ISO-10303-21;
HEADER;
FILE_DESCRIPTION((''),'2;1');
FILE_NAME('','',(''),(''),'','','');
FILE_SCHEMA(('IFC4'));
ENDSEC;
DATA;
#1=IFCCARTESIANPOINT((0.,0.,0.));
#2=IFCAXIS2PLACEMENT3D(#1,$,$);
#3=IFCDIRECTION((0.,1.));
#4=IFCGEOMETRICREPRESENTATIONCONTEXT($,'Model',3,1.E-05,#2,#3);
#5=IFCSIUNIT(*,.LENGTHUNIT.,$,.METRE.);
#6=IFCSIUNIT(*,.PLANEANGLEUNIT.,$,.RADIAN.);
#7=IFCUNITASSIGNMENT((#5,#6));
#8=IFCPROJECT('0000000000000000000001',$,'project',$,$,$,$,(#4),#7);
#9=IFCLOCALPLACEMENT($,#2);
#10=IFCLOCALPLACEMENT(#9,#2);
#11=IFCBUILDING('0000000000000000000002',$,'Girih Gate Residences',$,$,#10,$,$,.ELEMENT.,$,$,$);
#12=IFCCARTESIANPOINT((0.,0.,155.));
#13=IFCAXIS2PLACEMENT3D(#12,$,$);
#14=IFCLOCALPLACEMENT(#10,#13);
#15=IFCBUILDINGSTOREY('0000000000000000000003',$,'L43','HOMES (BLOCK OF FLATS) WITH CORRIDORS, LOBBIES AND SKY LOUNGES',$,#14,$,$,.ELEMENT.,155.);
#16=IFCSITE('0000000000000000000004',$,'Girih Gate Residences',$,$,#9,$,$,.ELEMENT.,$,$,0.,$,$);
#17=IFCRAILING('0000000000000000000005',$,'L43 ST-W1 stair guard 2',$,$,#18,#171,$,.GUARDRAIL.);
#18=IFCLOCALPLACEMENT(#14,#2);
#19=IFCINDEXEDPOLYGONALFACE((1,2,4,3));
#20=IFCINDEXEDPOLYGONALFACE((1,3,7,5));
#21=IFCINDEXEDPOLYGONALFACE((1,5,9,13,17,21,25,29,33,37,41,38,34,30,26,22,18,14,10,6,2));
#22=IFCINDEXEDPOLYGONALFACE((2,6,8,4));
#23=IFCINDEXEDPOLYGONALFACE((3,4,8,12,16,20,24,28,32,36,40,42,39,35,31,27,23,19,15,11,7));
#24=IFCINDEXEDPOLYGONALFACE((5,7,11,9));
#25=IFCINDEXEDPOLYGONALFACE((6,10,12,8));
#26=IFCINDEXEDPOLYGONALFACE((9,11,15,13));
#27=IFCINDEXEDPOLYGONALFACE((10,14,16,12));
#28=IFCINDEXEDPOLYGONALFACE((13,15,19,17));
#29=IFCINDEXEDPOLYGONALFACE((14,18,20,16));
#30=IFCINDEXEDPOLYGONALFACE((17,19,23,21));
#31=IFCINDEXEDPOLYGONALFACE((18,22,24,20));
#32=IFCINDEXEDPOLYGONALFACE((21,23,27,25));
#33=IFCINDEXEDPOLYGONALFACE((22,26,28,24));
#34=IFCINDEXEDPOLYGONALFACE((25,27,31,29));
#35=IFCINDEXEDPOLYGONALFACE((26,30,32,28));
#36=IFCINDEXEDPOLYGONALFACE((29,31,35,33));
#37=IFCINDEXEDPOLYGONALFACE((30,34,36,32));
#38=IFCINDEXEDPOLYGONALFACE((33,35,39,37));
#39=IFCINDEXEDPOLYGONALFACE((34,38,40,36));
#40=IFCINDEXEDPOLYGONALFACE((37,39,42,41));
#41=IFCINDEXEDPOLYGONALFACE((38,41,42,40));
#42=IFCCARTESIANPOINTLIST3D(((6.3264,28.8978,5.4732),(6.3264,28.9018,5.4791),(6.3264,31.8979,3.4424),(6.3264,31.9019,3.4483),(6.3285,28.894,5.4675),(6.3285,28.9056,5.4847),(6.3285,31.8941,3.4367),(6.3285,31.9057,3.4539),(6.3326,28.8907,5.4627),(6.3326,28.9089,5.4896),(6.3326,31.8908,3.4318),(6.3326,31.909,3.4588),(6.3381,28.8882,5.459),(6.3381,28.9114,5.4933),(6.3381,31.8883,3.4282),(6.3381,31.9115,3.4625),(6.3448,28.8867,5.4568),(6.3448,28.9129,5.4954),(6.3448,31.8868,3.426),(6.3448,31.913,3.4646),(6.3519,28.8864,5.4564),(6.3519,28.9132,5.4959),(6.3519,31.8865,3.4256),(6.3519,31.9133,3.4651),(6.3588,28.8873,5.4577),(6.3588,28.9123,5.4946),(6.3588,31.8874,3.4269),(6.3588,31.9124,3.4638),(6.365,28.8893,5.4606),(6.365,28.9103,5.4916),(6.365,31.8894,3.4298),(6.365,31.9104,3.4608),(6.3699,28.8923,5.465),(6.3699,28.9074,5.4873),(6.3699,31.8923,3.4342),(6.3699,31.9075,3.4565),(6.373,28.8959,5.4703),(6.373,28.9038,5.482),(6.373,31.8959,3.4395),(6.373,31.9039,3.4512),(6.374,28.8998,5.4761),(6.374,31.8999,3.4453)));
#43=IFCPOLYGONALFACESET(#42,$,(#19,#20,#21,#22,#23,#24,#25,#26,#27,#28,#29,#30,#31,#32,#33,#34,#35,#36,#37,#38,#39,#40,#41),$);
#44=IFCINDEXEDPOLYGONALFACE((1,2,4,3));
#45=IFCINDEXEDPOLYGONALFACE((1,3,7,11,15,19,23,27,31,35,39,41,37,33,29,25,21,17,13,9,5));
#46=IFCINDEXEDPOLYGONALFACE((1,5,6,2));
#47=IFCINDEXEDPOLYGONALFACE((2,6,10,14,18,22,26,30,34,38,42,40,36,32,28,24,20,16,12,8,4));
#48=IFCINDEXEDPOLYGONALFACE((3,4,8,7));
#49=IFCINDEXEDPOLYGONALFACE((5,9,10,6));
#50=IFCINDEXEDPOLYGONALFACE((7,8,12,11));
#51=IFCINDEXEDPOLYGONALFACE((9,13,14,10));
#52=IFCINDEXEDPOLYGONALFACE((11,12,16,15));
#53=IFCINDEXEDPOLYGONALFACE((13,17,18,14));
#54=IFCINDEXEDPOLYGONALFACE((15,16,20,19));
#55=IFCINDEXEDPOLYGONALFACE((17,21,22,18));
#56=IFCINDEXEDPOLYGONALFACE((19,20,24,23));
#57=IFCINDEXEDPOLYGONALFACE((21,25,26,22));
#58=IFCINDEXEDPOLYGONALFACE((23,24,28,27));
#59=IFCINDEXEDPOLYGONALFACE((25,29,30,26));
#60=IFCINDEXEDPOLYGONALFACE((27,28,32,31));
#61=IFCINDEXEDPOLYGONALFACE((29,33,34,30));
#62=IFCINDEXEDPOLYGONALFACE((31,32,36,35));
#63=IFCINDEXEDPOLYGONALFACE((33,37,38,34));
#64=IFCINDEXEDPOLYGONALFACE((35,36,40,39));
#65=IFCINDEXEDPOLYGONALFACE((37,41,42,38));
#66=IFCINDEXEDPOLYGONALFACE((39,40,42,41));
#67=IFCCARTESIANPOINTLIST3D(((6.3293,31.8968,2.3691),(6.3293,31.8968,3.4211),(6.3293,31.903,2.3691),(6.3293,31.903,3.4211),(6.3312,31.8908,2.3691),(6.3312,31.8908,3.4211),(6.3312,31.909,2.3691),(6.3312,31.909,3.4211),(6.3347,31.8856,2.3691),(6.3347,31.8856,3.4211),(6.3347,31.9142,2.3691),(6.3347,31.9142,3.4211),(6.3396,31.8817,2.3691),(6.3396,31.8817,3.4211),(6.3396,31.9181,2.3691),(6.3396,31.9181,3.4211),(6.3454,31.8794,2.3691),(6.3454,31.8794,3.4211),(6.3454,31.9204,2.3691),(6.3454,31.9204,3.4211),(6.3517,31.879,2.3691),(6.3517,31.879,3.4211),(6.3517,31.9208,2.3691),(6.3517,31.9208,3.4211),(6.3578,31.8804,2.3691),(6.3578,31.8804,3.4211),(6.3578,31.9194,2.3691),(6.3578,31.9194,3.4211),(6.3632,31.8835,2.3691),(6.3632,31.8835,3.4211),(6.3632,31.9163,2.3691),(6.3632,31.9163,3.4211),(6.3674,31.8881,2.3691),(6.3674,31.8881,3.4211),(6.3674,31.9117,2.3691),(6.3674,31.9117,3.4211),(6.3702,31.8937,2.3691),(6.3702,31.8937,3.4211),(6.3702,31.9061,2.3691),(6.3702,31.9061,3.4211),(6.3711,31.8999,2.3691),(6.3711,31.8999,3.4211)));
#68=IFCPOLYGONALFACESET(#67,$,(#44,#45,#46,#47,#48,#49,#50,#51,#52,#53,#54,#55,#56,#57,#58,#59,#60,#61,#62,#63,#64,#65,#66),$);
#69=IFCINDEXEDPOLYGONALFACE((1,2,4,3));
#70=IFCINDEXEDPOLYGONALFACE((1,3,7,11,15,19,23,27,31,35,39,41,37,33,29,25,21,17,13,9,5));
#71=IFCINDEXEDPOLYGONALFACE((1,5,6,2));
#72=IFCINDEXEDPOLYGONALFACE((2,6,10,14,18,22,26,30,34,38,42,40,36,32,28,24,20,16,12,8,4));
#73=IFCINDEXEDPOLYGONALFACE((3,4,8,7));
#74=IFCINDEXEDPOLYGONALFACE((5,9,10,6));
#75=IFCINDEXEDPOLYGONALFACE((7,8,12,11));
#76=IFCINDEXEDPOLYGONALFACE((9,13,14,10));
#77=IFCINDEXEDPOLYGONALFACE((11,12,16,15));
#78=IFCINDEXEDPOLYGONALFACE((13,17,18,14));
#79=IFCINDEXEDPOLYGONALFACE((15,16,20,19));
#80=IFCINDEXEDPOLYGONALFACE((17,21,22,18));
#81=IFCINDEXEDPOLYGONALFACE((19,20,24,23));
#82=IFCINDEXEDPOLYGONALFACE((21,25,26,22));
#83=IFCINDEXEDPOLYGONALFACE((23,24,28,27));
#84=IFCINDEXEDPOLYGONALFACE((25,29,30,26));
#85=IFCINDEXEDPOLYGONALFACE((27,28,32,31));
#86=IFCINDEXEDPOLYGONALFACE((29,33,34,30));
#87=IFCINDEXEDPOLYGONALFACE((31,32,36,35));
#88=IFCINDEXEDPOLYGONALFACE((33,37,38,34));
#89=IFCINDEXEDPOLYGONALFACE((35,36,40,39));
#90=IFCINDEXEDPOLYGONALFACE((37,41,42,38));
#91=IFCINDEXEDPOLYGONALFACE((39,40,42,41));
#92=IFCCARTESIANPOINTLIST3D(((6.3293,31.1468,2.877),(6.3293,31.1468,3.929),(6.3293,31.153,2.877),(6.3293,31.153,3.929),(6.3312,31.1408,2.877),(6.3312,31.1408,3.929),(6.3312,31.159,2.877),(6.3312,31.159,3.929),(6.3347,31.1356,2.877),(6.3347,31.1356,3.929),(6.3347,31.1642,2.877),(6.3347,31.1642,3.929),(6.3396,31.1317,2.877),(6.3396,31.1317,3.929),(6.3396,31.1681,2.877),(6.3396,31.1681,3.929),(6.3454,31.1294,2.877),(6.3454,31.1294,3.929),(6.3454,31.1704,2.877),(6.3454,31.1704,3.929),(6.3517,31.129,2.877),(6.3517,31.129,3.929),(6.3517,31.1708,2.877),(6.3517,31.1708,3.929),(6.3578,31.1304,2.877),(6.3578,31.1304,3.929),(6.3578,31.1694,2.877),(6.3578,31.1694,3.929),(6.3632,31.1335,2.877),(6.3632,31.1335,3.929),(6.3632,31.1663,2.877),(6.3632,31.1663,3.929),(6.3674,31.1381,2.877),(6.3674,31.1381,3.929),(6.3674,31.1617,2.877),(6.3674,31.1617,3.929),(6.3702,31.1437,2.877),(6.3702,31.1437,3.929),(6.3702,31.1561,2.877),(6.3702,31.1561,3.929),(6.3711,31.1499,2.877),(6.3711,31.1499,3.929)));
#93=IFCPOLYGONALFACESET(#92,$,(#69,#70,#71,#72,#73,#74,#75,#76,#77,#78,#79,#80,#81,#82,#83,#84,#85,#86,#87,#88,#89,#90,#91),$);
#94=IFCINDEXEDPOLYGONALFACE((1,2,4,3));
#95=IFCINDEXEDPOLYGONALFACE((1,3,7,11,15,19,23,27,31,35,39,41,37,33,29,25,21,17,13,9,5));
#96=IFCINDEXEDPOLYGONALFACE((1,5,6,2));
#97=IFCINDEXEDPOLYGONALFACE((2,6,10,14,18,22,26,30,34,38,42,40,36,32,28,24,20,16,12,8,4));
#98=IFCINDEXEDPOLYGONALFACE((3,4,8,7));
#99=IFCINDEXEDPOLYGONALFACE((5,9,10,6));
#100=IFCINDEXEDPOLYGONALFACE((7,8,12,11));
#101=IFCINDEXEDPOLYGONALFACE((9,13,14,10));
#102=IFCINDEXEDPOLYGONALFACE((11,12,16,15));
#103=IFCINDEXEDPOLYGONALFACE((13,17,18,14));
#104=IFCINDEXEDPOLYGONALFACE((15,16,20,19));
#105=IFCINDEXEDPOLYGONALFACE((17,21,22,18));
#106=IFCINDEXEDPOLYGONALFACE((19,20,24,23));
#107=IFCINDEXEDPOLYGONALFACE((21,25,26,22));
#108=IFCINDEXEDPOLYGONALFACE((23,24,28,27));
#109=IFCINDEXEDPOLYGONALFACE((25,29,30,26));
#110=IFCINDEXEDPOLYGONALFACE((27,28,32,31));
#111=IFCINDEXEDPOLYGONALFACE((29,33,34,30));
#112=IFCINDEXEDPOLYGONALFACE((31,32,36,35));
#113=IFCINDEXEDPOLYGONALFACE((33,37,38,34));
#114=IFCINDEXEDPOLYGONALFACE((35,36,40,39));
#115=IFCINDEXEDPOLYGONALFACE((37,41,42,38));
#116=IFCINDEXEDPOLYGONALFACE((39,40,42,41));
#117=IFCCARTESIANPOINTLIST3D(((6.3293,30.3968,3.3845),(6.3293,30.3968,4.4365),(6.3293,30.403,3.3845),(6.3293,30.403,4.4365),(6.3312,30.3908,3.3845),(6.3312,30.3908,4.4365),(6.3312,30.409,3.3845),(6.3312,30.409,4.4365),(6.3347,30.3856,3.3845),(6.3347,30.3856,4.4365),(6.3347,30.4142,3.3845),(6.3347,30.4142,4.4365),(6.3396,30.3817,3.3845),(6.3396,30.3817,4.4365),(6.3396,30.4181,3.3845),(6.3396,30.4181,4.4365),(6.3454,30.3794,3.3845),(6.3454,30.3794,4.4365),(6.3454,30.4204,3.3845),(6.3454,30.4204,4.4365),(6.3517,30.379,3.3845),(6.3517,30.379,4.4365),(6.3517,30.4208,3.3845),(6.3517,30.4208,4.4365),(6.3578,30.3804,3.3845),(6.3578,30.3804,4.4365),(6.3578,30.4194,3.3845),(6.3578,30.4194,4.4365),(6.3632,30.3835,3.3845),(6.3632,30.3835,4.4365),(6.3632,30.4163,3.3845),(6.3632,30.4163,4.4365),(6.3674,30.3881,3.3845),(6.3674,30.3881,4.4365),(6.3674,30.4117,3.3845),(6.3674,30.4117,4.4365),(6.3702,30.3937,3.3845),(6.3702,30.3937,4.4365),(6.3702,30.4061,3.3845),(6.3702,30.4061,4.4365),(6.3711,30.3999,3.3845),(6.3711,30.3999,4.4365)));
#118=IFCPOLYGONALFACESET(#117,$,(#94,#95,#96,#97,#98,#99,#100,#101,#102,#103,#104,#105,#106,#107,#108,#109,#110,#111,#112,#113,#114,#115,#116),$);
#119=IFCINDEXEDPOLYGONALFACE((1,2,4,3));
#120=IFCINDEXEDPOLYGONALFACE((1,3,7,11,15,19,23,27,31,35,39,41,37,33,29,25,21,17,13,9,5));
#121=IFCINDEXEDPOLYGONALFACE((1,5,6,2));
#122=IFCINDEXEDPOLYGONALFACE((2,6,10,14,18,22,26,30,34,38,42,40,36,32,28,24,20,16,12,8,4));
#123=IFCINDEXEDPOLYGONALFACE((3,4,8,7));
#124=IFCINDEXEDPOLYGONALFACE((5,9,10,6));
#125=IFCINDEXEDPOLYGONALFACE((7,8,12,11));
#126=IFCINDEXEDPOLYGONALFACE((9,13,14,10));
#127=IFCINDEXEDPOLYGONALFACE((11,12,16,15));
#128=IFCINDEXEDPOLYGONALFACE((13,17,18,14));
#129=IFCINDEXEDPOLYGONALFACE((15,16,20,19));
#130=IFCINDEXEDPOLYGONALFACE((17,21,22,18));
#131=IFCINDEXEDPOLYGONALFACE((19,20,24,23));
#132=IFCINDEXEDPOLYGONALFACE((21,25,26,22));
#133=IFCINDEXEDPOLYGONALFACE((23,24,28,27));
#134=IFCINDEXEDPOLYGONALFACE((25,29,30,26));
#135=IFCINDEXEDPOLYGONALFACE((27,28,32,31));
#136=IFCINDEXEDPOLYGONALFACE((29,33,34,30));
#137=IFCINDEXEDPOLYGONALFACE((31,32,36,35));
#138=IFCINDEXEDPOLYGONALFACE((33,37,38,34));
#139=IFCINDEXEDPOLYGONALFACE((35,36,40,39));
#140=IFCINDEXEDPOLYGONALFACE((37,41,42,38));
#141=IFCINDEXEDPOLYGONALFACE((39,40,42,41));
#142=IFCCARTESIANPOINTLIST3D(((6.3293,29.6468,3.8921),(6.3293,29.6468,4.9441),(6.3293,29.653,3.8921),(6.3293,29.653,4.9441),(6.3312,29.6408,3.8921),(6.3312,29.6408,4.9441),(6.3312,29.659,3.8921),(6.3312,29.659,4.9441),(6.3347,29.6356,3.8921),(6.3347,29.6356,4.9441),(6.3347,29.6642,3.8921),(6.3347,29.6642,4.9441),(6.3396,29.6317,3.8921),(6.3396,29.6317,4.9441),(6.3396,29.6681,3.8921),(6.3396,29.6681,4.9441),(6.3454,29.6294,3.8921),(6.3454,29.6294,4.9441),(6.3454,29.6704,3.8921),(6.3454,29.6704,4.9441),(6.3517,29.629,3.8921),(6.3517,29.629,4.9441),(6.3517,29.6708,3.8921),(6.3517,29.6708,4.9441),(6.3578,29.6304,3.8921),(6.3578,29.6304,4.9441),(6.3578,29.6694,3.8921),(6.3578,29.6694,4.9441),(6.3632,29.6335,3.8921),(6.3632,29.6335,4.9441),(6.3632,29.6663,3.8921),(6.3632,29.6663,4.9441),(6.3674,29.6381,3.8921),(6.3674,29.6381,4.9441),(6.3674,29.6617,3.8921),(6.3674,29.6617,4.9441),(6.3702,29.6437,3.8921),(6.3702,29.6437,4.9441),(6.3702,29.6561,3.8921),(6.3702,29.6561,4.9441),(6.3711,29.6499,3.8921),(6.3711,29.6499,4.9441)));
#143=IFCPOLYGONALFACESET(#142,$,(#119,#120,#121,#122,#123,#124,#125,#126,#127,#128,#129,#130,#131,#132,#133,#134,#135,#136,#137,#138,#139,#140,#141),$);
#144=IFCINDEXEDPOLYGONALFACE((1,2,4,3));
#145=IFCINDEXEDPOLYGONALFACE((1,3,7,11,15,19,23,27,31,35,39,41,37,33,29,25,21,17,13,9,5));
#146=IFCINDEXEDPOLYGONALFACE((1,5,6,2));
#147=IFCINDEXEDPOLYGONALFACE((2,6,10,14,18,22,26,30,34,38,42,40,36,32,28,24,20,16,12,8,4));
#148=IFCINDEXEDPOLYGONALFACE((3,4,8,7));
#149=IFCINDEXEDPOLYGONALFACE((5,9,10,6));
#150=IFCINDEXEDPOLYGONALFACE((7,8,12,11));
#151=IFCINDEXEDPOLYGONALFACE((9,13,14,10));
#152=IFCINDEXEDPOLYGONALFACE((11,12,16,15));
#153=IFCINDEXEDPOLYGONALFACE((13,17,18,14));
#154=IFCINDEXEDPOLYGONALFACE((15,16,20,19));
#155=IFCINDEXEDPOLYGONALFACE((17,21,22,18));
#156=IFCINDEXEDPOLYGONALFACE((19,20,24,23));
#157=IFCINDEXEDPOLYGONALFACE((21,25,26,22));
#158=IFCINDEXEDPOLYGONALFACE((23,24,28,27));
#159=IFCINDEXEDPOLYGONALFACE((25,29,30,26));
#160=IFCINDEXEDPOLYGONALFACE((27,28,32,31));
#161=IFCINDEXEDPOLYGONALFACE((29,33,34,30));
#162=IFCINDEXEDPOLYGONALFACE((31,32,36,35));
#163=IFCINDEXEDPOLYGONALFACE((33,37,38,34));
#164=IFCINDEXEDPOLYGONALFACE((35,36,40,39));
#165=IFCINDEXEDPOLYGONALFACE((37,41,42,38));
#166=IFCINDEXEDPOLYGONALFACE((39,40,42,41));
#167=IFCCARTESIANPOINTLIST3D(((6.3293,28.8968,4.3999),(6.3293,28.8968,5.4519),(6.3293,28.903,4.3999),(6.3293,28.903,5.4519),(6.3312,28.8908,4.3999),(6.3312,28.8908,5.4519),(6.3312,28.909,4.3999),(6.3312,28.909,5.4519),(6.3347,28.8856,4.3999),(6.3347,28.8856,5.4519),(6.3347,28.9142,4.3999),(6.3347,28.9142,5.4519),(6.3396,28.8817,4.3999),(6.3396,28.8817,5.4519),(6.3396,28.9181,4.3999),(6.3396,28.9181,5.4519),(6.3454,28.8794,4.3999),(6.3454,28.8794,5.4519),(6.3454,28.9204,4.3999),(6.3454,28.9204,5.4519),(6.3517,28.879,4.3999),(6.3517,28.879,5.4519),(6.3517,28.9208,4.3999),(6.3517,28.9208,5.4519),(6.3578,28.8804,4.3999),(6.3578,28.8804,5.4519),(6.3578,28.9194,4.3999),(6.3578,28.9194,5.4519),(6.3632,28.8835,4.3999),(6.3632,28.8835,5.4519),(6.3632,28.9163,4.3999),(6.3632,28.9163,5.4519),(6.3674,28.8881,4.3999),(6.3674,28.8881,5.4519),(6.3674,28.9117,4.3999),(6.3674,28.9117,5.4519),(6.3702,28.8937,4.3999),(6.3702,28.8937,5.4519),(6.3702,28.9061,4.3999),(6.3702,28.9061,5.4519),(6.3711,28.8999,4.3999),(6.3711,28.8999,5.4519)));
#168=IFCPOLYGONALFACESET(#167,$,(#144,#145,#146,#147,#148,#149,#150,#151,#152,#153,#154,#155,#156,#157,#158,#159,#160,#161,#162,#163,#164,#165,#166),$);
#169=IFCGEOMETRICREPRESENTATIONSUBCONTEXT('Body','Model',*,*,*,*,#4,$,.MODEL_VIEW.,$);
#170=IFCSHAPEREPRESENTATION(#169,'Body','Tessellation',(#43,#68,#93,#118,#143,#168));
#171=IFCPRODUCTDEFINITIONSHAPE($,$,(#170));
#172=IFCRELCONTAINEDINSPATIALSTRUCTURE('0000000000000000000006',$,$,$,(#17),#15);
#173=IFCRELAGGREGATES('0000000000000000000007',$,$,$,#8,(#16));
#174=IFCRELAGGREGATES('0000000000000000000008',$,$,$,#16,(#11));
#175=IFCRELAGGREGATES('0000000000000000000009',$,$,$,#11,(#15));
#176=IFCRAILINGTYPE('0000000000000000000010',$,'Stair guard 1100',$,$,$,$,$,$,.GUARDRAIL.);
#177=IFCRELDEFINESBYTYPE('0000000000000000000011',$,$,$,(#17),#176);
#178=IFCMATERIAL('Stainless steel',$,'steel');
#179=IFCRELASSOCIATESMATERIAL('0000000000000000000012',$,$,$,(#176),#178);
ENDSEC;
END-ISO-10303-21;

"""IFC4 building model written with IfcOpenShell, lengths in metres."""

from ifc_helpers import new_model, si_unit, direction, frame, origin, origin_2d, place, context, subcontext, project, spatial, circle, extrude, material, type_object, element, save


model = new_model("IFC4")

# Units and contexts
model_context = context("Model", 3, precision=1e-05, world=origin(), true_north=direction((0.0, 1.0)))
body_context = subcontext(model_context, "Body", "Model", "MODEL_VIEW")
ifc_project = project(units=[si_unit("LENGTHUNIT", "METRE"), si_unit("PLANEANGLEUNIT", "RADIAN")], contexts=[model_context])

# Site, building, storey
site_placement = place(None, origin())
site = spatial("IfcSite", under=ifc_project, at=site_placement, Name="Girih Gate Residences", CompositionType="ELEMENT", RefElevation=0.0)
building_placement = place(site_placement, origin())
building = spatial("IfcBuilding", under=site, at=building_placement, Name="Girih Gate Residences", CompositionType="ELEMENT")
storey_placement = place(building_placement, frame((0.0, 0.0, 155.0)))
storey = spatial("IfcBuildingStorey", under=building, at=storey_placement, Name="L43", Description="HOMES (BLOCK OF FLATS) WITH CORRIDORS, LOBBIES AND SKY LOUNGES", CompositionType="ELEMENT", Elevation=155.0)

# Shared definitions
ifc_material_1 = material(Name="Stainless steel", Category="steel")

# Railing
railing_type_1 = type_object("IfcRailingType", Name="Stair guard 1100", PredefinedType="GUARDRAIL", material=ifc_material_1)
railing_1_placement = place(storey_placement, frame((6.3501, 31.8999, 2.3691)))
element("IfcRailing", 1, at=railing_1_placement, inside=storey, type_object=railing_type_1, Name="L43 ST-W1 stair guard 2", PredefinedType="GUARDRAIL", context=body_context, shape_type="SweptSolid", body=[
    extrude(circle(Radius=0.0239, at=origin_2d()), frame((0.0, 0.0, 1.0762), z_axis=(0.0, -0.82811, 0.560565), x_axis=(1.0, 0.0, 0.0)), (0.0, 0.0, 1.0), 3.6228),
    extrude(circle(Radius=0.021, at=origin_2d()), origin(), (0.0, 0.0, 1.0), 1.052),
    extrude(circle(Radius=0.021, at=origin_2d()), frame((0.0, -0.75, 0.5078)), (0.0, 0.0, 1.0), 1.052),
    extrude(circle(Radius=0.021, at=origin_2d()), frame((0.0, -1.5, 1.0154)), (0.0, 0.0, 1.0), 1.052),
    extrude(circle(Radius=0.021, at=origin_2d()), frame((0.0, -2.25, 1.5229)), (0.0, 0.0, 1.0), 1.052),
    extrude(circle(Radius=0.021, at=origin_2d()), frame((0.0, -3.0, 2.0308)), (0.0, 0.0, 1.0), 1.052),
])

save(model, "model.ifc")
